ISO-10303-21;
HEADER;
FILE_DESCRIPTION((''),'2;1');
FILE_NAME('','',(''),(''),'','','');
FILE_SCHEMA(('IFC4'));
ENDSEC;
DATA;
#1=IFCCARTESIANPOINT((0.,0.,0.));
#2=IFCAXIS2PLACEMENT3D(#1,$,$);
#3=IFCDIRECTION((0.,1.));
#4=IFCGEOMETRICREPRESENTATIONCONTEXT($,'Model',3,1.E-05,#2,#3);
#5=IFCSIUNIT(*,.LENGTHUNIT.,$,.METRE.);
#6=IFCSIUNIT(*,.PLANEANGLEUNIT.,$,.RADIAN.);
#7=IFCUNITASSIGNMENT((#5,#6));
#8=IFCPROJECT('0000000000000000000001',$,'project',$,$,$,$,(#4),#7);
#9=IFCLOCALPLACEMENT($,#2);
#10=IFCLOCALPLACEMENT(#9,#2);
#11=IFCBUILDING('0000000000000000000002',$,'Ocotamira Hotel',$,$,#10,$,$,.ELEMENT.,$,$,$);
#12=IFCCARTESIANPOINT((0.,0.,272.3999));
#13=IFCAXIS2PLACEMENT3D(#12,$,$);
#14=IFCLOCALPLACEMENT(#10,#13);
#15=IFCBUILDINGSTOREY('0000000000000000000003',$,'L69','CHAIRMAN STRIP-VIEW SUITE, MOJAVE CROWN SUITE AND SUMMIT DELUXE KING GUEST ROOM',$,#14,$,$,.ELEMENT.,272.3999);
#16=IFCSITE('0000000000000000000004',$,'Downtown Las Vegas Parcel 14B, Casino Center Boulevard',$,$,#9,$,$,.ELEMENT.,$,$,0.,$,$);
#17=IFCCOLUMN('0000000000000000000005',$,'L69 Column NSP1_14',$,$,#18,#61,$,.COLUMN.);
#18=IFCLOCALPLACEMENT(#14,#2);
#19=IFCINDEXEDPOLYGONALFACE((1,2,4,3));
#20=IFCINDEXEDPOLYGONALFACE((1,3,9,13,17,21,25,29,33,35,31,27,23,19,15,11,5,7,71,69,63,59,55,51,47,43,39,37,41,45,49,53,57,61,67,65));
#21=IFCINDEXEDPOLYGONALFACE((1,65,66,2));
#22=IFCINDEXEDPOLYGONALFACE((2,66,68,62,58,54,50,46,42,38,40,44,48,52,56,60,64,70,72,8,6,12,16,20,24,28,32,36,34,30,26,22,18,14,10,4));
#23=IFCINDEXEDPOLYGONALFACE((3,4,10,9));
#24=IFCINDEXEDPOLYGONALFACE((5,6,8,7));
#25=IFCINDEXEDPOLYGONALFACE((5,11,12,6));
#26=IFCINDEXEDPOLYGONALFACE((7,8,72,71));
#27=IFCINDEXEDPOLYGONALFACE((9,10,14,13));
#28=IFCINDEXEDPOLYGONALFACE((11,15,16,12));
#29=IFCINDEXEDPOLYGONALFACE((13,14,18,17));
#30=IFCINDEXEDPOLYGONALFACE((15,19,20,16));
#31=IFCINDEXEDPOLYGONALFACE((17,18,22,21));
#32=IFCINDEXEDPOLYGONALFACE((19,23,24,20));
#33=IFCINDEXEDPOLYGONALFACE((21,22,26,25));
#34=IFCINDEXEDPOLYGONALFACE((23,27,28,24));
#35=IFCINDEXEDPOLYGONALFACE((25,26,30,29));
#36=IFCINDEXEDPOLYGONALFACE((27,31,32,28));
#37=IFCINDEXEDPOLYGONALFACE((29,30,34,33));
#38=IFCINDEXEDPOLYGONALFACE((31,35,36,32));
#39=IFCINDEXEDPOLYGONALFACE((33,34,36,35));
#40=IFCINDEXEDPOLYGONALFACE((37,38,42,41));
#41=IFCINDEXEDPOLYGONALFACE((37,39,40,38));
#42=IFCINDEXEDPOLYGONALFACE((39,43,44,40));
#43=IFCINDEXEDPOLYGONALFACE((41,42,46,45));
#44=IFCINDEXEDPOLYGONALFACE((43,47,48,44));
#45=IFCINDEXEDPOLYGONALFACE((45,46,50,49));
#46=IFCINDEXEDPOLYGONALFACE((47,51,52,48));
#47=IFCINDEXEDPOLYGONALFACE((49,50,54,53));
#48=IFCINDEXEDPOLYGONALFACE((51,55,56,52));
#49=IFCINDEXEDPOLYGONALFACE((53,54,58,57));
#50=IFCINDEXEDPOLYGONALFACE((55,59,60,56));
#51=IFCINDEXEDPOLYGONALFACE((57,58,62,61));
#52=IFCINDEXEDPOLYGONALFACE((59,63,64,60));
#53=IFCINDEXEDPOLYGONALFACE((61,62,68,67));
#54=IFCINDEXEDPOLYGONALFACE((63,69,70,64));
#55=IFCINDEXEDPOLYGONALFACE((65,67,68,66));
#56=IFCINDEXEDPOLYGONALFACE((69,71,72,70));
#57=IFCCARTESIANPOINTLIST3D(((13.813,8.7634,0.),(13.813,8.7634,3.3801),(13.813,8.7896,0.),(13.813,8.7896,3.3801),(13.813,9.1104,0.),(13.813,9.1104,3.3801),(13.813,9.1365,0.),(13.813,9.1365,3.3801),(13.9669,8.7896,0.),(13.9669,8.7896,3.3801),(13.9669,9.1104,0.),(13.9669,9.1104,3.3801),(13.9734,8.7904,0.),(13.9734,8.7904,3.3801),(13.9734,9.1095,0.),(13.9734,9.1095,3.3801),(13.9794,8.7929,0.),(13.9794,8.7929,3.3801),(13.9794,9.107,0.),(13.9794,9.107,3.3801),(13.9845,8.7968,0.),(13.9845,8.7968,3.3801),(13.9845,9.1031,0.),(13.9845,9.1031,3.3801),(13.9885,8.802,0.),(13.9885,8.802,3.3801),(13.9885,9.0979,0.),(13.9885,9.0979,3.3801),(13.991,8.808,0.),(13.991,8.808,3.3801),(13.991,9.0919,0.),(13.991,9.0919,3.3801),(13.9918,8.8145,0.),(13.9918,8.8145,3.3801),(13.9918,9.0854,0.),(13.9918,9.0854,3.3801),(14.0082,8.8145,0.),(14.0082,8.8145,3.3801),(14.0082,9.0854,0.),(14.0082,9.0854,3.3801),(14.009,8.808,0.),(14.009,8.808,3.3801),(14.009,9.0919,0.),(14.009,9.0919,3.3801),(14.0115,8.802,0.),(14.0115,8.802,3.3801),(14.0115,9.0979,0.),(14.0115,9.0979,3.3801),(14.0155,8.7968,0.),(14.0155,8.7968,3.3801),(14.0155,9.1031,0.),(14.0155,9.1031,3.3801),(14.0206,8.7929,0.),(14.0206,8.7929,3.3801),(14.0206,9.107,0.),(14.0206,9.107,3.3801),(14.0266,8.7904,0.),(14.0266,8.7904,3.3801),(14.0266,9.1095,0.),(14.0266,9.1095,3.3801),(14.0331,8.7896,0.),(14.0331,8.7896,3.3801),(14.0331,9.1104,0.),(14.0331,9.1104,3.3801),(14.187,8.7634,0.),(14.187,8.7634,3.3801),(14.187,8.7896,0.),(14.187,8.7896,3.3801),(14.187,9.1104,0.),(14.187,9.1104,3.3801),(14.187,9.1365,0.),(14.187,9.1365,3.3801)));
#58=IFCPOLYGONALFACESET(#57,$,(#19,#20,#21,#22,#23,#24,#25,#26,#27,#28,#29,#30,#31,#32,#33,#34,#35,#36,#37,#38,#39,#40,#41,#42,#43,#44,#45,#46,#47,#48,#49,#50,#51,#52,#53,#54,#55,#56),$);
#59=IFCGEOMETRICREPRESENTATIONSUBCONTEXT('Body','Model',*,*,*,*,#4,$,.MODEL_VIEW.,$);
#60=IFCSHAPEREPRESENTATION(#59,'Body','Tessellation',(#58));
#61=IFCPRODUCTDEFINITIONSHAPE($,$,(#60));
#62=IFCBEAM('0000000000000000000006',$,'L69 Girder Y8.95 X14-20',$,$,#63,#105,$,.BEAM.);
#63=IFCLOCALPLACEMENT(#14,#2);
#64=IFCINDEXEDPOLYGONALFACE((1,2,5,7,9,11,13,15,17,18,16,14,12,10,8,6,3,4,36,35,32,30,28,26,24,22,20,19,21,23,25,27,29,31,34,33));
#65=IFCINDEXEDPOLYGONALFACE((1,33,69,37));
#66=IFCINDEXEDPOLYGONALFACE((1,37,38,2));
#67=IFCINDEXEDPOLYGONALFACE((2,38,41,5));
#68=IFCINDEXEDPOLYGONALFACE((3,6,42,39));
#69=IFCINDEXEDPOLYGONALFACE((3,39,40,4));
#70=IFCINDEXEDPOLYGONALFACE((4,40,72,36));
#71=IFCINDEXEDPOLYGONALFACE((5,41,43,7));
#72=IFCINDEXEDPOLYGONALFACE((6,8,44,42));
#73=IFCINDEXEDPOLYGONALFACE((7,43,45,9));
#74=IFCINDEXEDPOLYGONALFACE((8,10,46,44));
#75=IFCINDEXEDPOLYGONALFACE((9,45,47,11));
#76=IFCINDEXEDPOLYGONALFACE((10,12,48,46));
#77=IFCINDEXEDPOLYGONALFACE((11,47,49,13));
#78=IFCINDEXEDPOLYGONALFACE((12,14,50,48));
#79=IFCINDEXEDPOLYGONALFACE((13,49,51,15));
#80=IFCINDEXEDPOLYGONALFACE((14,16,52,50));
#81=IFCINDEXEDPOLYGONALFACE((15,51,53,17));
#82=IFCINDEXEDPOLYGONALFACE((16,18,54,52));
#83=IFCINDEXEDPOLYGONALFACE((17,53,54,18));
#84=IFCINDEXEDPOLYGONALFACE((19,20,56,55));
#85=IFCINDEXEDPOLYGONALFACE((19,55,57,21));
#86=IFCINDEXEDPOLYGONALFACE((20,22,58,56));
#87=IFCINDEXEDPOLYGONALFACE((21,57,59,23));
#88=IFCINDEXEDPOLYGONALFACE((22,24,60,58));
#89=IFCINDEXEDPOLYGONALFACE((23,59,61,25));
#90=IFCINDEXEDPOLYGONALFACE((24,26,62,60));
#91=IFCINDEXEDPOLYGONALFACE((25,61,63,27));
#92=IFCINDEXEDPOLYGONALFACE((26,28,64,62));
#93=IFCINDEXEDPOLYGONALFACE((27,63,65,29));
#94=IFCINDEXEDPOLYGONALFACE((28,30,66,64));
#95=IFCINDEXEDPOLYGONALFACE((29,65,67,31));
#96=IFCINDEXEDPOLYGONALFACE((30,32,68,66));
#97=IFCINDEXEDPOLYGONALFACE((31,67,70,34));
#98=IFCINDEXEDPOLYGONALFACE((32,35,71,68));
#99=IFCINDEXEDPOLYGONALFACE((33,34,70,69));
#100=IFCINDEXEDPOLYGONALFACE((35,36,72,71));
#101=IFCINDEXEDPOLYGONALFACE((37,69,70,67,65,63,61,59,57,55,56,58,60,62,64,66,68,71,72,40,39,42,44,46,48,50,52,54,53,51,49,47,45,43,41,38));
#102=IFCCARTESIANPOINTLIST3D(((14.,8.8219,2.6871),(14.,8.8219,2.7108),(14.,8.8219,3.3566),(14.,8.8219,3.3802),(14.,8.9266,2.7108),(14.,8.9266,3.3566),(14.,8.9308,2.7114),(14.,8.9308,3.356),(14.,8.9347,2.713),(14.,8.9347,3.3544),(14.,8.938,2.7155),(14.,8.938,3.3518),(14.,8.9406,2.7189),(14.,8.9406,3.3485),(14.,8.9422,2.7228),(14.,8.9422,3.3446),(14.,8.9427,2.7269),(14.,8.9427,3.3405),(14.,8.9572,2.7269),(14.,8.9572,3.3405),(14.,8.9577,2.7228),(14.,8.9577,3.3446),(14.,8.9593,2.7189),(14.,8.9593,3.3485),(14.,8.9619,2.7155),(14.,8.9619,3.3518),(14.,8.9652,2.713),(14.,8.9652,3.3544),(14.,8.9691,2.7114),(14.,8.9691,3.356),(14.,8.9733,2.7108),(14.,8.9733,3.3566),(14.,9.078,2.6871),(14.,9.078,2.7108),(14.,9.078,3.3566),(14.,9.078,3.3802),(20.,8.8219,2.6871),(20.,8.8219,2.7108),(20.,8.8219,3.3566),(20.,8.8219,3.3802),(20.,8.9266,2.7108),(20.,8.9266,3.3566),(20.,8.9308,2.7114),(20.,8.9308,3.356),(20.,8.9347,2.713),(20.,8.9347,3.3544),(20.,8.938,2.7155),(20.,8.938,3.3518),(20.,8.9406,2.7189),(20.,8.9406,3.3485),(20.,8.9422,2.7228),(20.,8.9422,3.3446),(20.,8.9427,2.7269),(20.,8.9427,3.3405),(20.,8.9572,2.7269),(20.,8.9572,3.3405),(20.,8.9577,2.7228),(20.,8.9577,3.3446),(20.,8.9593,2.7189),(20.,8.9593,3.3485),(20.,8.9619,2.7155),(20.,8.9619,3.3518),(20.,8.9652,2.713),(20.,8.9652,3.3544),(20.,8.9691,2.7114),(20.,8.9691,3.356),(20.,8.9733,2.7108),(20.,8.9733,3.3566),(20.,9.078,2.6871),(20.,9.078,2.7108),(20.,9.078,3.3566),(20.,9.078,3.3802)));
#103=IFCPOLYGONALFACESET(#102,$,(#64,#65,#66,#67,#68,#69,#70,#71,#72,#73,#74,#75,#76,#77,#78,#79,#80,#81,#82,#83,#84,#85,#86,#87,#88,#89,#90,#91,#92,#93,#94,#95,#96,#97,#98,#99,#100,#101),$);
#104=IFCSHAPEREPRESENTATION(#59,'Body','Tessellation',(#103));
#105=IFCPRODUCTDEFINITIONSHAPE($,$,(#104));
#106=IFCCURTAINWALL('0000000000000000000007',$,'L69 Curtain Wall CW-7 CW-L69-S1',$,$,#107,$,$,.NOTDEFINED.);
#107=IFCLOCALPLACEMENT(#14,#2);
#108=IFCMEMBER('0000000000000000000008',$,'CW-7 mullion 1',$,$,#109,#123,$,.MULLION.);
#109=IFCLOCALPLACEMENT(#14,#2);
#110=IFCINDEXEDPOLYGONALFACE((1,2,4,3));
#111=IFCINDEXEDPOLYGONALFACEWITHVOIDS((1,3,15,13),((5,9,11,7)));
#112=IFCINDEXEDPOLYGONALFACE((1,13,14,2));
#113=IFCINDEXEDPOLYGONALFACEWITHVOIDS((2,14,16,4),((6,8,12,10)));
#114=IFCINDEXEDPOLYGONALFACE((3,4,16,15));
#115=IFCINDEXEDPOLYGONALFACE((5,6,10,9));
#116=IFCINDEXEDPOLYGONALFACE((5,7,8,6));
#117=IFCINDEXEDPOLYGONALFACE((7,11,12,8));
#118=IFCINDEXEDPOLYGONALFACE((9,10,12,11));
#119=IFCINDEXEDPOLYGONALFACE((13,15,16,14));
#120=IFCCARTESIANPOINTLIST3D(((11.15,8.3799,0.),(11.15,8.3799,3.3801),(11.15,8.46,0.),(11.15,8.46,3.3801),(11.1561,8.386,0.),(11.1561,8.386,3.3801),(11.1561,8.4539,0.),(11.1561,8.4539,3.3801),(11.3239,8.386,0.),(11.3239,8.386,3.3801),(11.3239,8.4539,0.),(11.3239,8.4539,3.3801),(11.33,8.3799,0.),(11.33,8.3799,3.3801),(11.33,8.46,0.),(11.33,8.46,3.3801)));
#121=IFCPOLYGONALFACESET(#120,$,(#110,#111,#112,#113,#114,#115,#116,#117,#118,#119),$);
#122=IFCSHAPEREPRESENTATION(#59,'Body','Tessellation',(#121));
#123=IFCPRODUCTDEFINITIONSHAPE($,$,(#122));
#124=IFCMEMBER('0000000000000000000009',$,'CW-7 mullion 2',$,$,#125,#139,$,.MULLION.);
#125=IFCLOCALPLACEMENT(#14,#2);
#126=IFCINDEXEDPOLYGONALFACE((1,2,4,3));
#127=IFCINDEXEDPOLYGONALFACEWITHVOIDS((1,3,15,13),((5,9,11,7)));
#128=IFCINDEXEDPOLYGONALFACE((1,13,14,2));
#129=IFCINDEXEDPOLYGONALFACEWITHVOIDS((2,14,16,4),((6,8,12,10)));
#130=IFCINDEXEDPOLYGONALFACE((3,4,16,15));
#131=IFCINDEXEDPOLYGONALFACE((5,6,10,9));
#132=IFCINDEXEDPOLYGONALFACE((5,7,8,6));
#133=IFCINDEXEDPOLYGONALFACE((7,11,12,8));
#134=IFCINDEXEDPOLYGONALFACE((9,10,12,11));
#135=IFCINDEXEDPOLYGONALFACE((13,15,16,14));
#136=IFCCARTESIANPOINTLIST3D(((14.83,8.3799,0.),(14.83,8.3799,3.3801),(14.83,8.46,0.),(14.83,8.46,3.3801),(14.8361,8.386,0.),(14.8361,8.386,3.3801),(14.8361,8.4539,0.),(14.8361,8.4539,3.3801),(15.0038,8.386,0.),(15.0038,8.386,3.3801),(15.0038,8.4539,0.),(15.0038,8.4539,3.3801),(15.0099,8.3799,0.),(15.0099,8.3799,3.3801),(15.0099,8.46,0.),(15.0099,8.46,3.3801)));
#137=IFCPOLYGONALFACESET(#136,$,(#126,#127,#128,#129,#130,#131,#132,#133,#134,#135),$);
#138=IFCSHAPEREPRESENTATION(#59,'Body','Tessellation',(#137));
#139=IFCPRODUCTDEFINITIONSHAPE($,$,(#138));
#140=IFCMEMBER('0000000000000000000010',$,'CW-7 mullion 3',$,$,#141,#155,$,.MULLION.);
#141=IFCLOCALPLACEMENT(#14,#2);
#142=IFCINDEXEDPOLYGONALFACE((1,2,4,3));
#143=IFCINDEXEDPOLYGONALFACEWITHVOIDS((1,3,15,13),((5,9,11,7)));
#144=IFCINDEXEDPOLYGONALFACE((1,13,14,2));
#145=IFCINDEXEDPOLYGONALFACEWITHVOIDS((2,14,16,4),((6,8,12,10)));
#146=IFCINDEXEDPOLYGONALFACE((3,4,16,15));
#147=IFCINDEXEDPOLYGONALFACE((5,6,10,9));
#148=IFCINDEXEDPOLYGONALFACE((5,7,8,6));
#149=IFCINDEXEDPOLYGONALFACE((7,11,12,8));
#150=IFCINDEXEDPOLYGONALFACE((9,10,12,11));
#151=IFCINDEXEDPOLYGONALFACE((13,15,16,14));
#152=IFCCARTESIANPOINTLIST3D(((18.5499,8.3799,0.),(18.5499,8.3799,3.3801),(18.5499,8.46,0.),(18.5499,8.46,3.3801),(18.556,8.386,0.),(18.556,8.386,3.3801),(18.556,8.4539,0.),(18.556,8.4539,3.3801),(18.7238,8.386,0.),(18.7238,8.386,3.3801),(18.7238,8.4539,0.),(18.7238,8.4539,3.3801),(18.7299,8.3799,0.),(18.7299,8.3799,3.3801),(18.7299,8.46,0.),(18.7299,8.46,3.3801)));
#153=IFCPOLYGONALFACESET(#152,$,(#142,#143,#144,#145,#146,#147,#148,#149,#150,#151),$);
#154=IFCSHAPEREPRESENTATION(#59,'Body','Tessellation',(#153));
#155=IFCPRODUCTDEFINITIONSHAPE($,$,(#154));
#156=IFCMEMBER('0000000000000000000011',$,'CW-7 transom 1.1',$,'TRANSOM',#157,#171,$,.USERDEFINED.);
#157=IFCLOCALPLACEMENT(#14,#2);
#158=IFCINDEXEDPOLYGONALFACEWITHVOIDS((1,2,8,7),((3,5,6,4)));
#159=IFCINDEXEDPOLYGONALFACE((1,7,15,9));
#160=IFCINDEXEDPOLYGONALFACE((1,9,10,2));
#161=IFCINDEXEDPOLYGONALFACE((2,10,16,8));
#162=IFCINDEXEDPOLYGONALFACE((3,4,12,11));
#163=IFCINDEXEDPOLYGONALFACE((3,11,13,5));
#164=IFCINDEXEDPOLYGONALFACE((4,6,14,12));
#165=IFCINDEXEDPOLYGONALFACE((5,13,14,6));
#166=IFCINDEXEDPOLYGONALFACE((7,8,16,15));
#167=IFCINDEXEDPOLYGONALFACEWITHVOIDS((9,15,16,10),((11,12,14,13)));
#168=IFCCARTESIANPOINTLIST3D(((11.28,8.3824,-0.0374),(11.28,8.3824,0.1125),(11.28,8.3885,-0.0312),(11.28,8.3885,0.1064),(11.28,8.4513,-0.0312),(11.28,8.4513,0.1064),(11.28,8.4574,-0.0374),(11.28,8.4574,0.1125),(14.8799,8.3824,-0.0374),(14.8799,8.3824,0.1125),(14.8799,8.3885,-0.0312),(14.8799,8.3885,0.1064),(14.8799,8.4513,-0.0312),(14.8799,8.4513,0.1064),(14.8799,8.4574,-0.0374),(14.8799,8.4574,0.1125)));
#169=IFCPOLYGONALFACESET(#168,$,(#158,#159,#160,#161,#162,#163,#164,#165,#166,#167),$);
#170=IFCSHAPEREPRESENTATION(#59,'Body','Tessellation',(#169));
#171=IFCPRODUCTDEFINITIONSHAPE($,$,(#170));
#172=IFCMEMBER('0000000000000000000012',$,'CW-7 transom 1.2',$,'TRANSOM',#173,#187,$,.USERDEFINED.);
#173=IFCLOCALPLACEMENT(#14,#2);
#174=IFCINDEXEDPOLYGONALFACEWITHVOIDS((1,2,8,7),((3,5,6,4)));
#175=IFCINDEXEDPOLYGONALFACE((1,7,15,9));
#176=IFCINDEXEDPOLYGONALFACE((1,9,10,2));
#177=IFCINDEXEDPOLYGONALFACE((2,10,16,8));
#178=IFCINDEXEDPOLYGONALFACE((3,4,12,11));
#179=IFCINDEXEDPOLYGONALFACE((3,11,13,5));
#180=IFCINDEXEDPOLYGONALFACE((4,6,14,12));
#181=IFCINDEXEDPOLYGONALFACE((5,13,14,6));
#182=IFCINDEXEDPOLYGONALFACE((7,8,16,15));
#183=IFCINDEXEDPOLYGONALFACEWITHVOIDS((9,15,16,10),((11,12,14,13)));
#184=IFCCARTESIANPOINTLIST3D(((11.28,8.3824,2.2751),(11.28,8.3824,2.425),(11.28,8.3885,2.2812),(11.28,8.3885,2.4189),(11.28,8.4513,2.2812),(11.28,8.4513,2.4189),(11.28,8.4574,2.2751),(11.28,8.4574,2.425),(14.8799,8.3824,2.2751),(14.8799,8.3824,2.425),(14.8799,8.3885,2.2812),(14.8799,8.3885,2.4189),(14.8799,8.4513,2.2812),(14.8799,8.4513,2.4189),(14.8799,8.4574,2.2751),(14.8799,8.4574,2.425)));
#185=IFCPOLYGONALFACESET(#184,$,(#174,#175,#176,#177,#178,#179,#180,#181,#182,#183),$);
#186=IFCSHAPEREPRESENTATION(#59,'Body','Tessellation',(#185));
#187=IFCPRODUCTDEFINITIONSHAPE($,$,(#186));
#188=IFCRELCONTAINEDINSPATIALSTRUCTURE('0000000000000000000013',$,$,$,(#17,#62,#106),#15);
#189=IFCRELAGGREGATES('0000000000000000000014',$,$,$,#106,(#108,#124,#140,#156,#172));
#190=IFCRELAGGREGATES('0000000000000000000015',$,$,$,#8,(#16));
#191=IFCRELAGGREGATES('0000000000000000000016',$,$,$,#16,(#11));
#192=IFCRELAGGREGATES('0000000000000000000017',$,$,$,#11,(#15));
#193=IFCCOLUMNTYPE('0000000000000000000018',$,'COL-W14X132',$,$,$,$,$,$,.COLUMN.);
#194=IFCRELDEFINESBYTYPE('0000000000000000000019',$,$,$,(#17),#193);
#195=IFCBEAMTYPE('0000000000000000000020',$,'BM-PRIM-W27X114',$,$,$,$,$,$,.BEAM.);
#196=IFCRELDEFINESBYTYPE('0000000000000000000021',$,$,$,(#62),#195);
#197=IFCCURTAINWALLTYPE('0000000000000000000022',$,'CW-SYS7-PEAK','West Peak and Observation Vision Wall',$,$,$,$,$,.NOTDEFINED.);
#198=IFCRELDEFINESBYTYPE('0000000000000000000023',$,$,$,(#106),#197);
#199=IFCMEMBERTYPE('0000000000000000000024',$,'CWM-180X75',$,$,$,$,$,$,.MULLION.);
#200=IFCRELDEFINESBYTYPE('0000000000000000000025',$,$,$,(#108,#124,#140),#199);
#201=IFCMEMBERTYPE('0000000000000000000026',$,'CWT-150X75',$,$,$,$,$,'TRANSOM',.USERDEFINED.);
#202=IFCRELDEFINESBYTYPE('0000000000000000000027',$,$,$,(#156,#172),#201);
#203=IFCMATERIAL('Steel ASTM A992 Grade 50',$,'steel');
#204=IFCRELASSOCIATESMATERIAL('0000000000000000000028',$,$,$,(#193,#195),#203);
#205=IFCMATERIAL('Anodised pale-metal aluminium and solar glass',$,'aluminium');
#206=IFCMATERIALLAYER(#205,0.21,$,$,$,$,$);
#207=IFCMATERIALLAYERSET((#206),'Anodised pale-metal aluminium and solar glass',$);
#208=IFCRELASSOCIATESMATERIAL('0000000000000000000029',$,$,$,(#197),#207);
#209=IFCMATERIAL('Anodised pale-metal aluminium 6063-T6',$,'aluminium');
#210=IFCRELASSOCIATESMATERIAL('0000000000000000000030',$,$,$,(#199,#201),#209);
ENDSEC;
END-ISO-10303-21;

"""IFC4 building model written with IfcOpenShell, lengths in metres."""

from ifc_helpers import new_model, si_unit, direction, frame, origin, origin_2d, place, context, subcontext, project, spatial, hollow_rectangle, i_section, extrude, source, transform, mapped, material, layer, layer_set, material_profile, profile_set, type_object, element, aggregate, save


model = new_model("IFC4")

# Units and contexts
model_context = context("Model", 3, precision=1e-05, world=origin(), true_north=direction((0.0, 1.0)))
body_context = subcontext(model_context, "Body", "Model", "MODEL_VIEW")
ifc_project = project(units=[si_unit("LENGTHUNIT", "METRE"), si_unit("PLANEANGLEUNIT", "RADIAN")], contexts=[model_context])

# Site, building, storey
site_placement = place(None, origin())
site = spatial("IfcSite", under=ifc_project, at=site_placement, Name="Downtown Las Vegas Parcel 14B, Casino Center Boulevard", CompositionType="ELEMENT", RefElevation=0.0)
building_placement = place(site_placement, origin())
building = spatial("IfcBuilding", under=site, at=building_placement, Name="Ocotamira Hotel", CompositionType="ELEMENT")
storey_placement = place(building_placement, frame((0.0, 0.0, 272.3999)))
storey = spatial("IfcBuildingStorey", under=building, at=storey_placement, Name="L69", Description="CHAIRMAN STRIP-VIEW SUITE, MOJAVE CROWN SUITE AND SUMMIT DELUXE KING GUEST ROOM", CompositionType="ELEMENT", Elevation=272.3999)

# Column
ifc_material_1 = material(Name="Steel ASTM A992 Grade 50", Category="steel")
ifc_material_profile_1 = material_profile(ifc_material_1, i_section(OverallWidth=0.374, OverallDepth=0.373, WebThickness=0.0164, FlangeThickness=0.0261, FilletRadius=0.0249, at=origin_2d()), Name="W14X132")
ifc_profile_set_1 = profile_set([ifc_material_profile_1], Name="Steel ASTM A992 Grade 50")
column_type = type_object("IfcColumnType", Name="COL-W14X132", PredefinedType="COLUMN", material=ifc_profile_set_1)
shared_shape_1 = source(origin(), body_context, "Body", "SweptSolid", [
    extrude(i_section(OverallWidth=0.374, OverallDepth=0.373, WebThickness=0.0164, FlangeThickness=0.0261, FilletRadius=0.0249, at=origin_2d()), origin(), (0.0, 0.0, 1.0), 3.3801),
])
column_placement = place(storey_placement, frame((14.0, 8.95, 0.0), z_axis=(0.0, 0.0, 1.0), x_axis=(1.0, 0.0, 0.0)))
element("IfcColumn", 1, at=column_placement, inside=storey, type_object=column_type, Name="L69 Column NSP1_14", PredefinedType="COLUMN", context=body_context, shape_type="MappedRepresentation", body=[
    mapped(shared_shape_1, transform((0.0, 0.0, 0.0), scale=1.0)),
])

# Beam
ifc_material_profile_2 = material_profile(ifc_material_1, i_section(OverallWidth=0.2561, OverallDepth=0.6931, WebThickness=0.0144, FlangeThickness=0.0237, FilletRadius=0.0161, at=origin_2d()), Name="W27X114")
ifc_profile_set_2 = profile_set([ifc_material_profile_2], Name="Steel ASTM A992 Grade 50")
beam_type = type_object("IfcBeamType", Name="BM-PRIM-W27X114", PredefinedType="BEAM", material=ifc_profile_set_2)
shared_shape_2 = source(origin(), body_context, "Body", "SweptSolid", [
    extrude(i_section(OverallWidth=0.2561, OverallDepth=0.6931, WebThickness=0.0144, FlangeThickness=0.0237, FilletRadius=0.0161, at=origin_2d()), origin(), (0.0, 0.0, 1.0), 6.0),
])
beam_placement = place(storey_placement, frame((14.0, 8.95, 3.0337), z_axis=(1.0, 0.0, 0.0), x_axis=(0.0, 1.0, 0.0)))
element("IfcBeam", 2, at=beam_placement, inside=storey, type_object=beam_type, Name="L69 Girder Y8.95 X14-20", PredefinedType="BEAM", context=body_context, shape_type="MappedRepresentation", body=[
    mapped(shared_shape_2, transform((0.0, 0.0, 0.0), scale=1.0)),
])

# Curtain wall, members
ifc_material_2 = material(Name="Anodised pale-metal aluminium and solar glass", Category="aluminium")
ifc_layer_1 = layer(ifc_material_2, 0.21)
ifc_layer_set_1 = layer_set([ifc_layer_1], Name="Anodised pale-metal aluminium and solar glass")
curtain_wall_type = type_object("IfcCurtainWallType", Name="CW-SYS7-PEAK", Description="West Peak and Observation Vision Wall", PredefinedType="NOTDEFINED", material=ifc_layer_set_1)
curtain_wall_placement = place(storey_placement, origin())
curtain_wall = element("IfcCurtainWall", 3, at=curtain_wall_placement, inside=storey, type_object=curtain_wall_type, Name="L69 Curtain Wall CW-7 CW-L69-S1", PredefinedType="NOTDEFINED")
ifc_material_3 = material(Name="Anodised pale-metal aluminium 6063-T6", Category="aluminium")
ifc_material_profile_3 = material_profile(ifc_material_3, hollow_rectangle(XDim=0.0801, YDim=0.1799, WallThickness=0.0061, at=origin_2d()), Name="HSS180X80X6")
ifc_profile_set_3 = profile_set([ifc_material_profile_3], Name="Anodised pale-metal aluminium 6063-T6")
member_type_1 = type_object("IfcMemberType", Name="CWM-180X75", PredefinedType="MULLION", material=ifc_profile_set_3)
shared_shape_3 = source(origin(), body_context, "Body", "SweptSolid", [
    extrude(hollow_rectangle(XDim=0.0801, YDim=0.1799, WallThickness=0.0061, at=origin_2d()), origin(), (0.0, 0.0, 1.0), 3.3801),
])
member_1_placement = place(storey_placement, frame((11.24, 8.4199, 0.0), z_axis=(0.0, 0.0, 1.0), x_axis=(0.0, 1.0, 0.0)))
member_1 = element("IfcMember", 4, at=member_1_placement, type_object=member_type_1, Name="CW-7 mullion 1", PredefinedType="MULLION", context=body_context, shape_type="MappedRepresentation", body=[
    mapped(shared_shape_3, transform((0.0, 0.0, 0.0), scale=1.0)),
])
member_2_placement = place(storey_placement, frame((14.9199, 8.4199, 0.0), z_axis=(0.0, 0.0, 1.0), x_axis=(0.0, 1.0, 0.0)))
member_2 = element("IfcMember", 5, at=member_2_placement, type_object=member_type_1, Name="CW-7 mullion 2", PredefinedType="MULLION", context=body_context, shape_type="MappedRepresentation", body=[
    mapped(shared_shape_3, transform((0.0, 0.0, 0.0), scale=1.0)),
])
member_3_placement = place(storey_placement, frame((18.6399, 8.4199, 0.0), z_axis=(0.0, 0.0, 1.0), x_axis=(0.0, 1.0, 0.0)))
member_3 = element("IfcMember", 6, at=member_3_placement, type_object=member_type_1, Name="CW-7 mullion 3", PredefinedType="MULLION", context=body_context, shape_type="MappedRepresentation", body=[
    mapped(shared_shape_3, transform((0.0, 0.0, 0.0), scale=1.0)),
])
ifc_material_profile_4 = material_profile(ifc_material_3, hollow_rectangle(XDim=0.075, YDim=0.1499, WallThickness=0.0061, at=origin_2d()), Name="HSS150X75X6")
ifc_profile_set_4 = profile_set([ifc_material_profile_4], Name="Anodised pale-metal aluminium 6063-T6")
member_type_2 = type_object("IfcMemberType", Name="CWT-150X75", ElementType="TRANSOM", PredefinedType="USERDEFINED", material=ifc_profile_set_4)
shared_shape_4 = source(origin(), body_context, "Body", "SweptSolid", [
    extrude(hollow_rectangle(XDim=0.075, YDim=0.1499, WallThickness=0.0061, at=origin_2d()), origin(), (0.0, 0.0, 1.0), 3.5999),
])
member_4_placement = place(storey_placement, frame((11.28, 8.4199, 0.0376), z_axis=(1.0, 0.0, 0.0), x_axis=(0.0, 1.0, 0.0)))
member_4 = element("IfcMember", 7, at=member_4_placement, type_object=member_type_2, Name="CW-7 transom 1.1", ObjectType="TRANSOM", PredefinedType="USERDEFINED", context=body_context, shape_type="MappedRepresentation", body=[
    mapped(shared_shape_4, transform((0.0, 0.0, 0.0), scale=1.0)),
])
member_5_placement = place(storey_placement, frame((11.28, 8.4199, 2.3501), z_axis=(1.0, 0.0, 0.0), x_axis=(0.0, 1.0, 0.0)))
member_5 = element("IfcMember", 8, at=member_5_placement, type_object=member_type_2, Name="CW-7 transom 1.2", ObjectType="TRANSOM", PredefinedType="USERDEFINED", context=body_context, shape_type="MappedRepresentation", body=[
    mapped(shared_shape_4, transform((0.0, 0.0, 0.0), scale=1.0)),
])
aggregate(curtain_wall, [member_1, member_2, member_3, member_4, member_5])

save(model, "model.ifc")
